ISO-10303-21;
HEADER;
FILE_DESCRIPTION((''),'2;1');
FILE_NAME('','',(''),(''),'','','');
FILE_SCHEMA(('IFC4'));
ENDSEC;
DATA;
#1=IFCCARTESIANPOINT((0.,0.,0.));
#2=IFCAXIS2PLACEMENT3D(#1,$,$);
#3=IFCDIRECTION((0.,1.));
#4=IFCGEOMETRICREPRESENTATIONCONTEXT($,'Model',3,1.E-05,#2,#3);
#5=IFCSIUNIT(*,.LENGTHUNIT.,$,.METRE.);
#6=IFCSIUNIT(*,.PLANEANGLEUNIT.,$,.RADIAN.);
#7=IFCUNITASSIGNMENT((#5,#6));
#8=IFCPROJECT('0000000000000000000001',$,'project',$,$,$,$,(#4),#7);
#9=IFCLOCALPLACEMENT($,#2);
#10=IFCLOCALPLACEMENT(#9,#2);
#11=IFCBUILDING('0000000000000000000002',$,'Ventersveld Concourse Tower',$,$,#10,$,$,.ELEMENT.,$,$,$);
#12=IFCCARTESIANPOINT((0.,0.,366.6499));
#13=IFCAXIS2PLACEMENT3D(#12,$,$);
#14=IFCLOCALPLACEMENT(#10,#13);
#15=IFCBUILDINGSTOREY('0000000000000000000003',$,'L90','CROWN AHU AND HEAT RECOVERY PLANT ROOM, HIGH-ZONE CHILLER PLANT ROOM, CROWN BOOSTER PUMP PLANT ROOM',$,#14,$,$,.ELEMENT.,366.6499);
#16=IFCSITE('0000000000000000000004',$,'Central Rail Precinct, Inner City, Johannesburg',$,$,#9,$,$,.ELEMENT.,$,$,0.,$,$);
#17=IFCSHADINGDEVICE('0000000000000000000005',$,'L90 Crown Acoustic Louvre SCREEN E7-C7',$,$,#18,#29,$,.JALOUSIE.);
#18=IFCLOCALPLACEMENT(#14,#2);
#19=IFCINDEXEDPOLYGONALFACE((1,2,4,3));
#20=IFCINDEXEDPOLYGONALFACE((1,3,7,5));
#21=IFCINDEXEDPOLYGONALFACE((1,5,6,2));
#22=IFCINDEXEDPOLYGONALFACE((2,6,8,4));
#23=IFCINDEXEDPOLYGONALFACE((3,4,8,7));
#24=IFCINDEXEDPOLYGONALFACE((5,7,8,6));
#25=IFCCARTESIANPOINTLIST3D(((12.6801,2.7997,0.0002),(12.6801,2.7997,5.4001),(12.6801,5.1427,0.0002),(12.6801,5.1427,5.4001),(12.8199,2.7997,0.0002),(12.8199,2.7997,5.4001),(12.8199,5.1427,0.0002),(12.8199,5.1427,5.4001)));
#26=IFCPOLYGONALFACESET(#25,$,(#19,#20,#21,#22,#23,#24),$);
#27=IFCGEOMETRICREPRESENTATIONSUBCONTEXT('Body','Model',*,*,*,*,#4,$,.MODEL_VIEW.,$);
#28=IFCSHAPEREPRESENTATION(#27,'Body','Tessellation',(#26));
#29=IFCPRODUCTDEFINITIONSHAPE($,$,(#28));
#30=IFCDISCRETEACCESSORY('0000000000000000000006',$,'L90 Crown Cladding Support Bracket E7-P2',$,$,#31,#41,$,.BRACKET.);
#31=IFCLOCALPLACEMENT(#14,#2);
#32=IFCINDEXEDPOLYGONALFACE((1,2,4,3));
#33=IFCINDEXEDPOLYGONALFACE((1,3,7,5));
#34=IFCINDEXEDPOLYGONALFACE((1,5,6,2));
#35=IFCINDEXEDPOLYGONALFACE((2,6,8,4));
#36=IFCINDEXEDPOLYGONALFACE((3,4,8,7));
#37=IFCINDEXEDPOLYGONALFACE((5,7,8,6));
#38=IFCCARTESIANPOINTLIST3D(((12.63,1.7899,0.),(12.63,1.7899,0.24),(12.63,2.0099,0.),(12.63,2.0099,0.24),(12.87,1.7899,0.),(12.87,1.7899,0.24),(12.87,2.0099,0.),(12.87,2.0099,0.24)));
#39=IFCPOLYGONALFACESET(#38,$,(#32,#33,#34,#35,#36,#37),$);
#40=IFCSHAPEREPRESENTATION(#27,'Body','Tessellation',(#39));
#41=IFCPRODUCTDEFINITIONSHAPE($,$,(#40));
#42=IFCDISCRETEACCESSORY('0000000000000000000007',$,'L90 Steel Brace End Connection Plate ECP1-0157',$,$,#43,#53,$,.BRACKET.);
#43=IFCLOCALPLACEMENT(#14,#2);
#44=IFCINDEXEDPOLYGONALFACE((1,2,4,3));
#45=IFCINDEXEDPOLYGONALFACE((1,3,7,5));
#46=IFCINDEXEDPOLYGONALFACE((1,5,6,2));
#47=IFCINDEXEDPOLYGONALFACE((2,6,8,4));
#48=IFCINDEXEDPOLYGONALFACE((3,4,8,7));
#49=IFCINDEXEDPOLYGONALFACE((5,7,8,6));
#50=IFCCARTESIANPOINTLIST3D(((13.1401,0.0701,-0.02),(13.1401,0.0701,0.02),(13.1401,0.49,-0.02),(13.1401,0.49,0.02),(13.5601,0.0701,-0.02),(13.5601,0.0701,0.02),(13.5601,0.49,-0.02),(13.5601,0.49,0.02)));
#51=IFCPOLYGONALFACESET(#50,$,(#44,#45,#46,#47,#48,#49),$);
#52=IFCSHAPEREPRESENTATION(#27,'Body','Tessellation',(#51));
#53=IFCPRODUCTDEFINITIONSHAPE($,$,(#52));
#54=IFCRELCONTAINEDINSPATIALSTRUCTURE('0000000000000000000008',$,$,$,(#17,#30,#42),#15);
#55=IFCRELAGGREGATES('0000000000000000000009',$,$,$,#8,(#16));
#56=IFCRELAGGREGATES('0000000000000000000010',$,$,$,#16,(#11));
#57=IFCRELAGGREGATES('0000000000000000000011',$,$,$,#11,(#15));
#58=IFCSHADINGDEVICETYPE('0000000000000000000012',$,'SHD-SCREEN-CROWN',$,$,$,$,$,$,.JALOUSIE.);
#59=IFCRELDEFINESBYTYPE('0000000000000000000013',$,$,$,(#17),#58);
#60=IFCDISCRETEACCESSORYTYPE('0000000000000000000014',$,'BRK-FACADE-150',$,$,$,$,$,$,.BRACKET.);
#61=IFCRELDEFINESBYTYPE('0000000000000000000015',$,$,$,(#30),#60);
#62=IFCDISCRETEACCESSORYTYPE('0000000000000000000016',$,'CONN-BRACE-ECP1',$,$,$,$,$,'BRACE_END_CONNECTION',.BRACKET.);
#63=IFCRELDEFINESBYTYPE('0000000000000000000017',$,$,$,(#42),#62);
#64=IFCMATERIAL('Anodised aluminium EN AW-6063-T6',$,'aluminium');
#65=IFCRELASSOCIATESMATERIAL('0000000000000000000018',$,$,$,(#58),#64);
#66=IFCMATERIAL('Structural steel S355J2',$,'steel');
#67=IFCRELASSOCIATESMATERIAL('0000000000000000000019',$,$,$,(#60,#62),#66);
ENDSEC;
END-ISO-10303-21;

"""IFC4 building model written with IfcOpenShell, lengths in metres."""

from ifc_helpers import new_model, si_unit, direction, frame, origin, origin_2d, place, context, subcontext, project, spatial, rectangle, extrude, material, type_object, element, save


model = new_model("IFC4")

# Units and contexts
model_context = context("Model", 3, precision=1e-05, world=origin(), true_north=direction((0.0, 1.0)))
body_context = subcontext(model_context, "Body", "Model", "MODEL_VIEW")
ifc_project = project(units=[si_unit("LENGTHUNIT", "METRE"), si_unit("PLANEANGLEUNIT", "RADIAN")], contexts=[model_context])

# Site, building, storey
site_placement = place(None, origin())
site = spatial("IfcSite", under=ifc_project, at=site_placement, Name="Central Rail Precinct, Inner City, Johannesburg", CompositionType="ELEMENT", RefElevation=0.0)
building_placement = place(site_placement, origin())
building = spatial("IfcBuilding", under=site, at=building_placement, Name="Ventersveld Concourse Tower", CompositionType="ELEMENT")
storey_placement = place(building_placement, frame((0.0, 0.0, 366.6499)))
storey = spatial("IfcBuildingStorey", under=building, at=storey_placement, Name="L90", Description="CROWN AHU AND HEAT RECOVERY PLANT ROOM, HIGH-ZONE CHILLER PLANT ROOM, CROWN BOOSTER PUMP PLANT ROOM", CompositionType="ELEMENT", Elevation=366.6499)

# Shading device
ifc_material_1 = material(Name="Anodised aluminium EN AW-6063-T6", Category="aluminium")
shading_device_type = type_object("IfcShadingDeviceType", Name="SHD-SCREEN-CROWN", PredefinedType="JALOUSIE", material=ifc_material_1)
for number, where, z_axis, x_axis, name in (
    (1, (12.75, 3.9712, 0.0002), (0.0, 0.0, 1.0), (0.0, -1.0, 0.0), "L90 Crown Acoustic Louvre SCREEN E7-C7"),
):
    element("IfcShadingDevice", number, at=place(storey_placement, frame(where, z_axis=z_axis, x_axis=x_axis)), inside=storey, type_object=shading_device_type, Name=name, PredefinedType="JALOUSIE", context=body_context, shape_type="SweptSolid", body=[
        extrude(rectangle(XDim=2.343, YDim=0.1399, at=origin_2d()), origin(), (0.0, 0.0, 1.0), 5.3999),
    ])

# Discrete accessories
ifc_material_2 = material(Name="Structural steel S355J2", Category="steel")
discrete_accessory_type_1 = type_object("IfcDiscreteAccessoryType", Name="BRK-FACADE-150", PredefinedType="BRACKET", material=ifc_material_2)
discrete_accessory_1_placement = place(storey_placement, frame((12.75, 1.8999, 0.0), z_axis=(0.0, 0.0, 1.0), x_axis=(0.0, -1.0, 0.0)))
element("IfcDiscreteAccessory", 2, at=discrete_accessory_1_placement, inside=storey, type_object=discrete_accessory_type_1, Name="L90 Crown Cladding Support Bracket E7-P2", PredefinedType="BRACKET", context=body_context, shape_type="SweptSolid", body=[
    extrude(rectangle(XDim=0.22, YDim=0.24, at=origin_2d()), origin(), (0.0, 0.0, 1.0), 0.24),
])
discrete_accessory_type_2 = type_object("IfcDiscreteAccessoryType", Name="CONN-BRACE-ECP1", ElementType="BRACE_END_CONNECTION", PredefinedType="BRACKET", material=ifc_material_2)
discrete_accessory_2_placement = place(storey_placement, frame((13.3501, 0.28, -0.02), z_axis=(0.0, 0.0, 1.0), x_axis=(1.0, 0.0, 0.0)))
element("IfcDiscreteAccessory", 3, at=discrete_accessory_2_placement, inside=storey, type_object=discrete_accessory_type_2, Name="L90 Steel Brace End Connection Plate ECP1-0157", PredefinedType="BRACKET", context=body_context, shape_type="SweptSolid", body=[
    extrude(rectangle(XDim=0.4199, YDim=0.4199, at=origin_2d()), origin(), (0.0, 0.0, 1.0), 0.04),
])

save(model, "model.ifc")
